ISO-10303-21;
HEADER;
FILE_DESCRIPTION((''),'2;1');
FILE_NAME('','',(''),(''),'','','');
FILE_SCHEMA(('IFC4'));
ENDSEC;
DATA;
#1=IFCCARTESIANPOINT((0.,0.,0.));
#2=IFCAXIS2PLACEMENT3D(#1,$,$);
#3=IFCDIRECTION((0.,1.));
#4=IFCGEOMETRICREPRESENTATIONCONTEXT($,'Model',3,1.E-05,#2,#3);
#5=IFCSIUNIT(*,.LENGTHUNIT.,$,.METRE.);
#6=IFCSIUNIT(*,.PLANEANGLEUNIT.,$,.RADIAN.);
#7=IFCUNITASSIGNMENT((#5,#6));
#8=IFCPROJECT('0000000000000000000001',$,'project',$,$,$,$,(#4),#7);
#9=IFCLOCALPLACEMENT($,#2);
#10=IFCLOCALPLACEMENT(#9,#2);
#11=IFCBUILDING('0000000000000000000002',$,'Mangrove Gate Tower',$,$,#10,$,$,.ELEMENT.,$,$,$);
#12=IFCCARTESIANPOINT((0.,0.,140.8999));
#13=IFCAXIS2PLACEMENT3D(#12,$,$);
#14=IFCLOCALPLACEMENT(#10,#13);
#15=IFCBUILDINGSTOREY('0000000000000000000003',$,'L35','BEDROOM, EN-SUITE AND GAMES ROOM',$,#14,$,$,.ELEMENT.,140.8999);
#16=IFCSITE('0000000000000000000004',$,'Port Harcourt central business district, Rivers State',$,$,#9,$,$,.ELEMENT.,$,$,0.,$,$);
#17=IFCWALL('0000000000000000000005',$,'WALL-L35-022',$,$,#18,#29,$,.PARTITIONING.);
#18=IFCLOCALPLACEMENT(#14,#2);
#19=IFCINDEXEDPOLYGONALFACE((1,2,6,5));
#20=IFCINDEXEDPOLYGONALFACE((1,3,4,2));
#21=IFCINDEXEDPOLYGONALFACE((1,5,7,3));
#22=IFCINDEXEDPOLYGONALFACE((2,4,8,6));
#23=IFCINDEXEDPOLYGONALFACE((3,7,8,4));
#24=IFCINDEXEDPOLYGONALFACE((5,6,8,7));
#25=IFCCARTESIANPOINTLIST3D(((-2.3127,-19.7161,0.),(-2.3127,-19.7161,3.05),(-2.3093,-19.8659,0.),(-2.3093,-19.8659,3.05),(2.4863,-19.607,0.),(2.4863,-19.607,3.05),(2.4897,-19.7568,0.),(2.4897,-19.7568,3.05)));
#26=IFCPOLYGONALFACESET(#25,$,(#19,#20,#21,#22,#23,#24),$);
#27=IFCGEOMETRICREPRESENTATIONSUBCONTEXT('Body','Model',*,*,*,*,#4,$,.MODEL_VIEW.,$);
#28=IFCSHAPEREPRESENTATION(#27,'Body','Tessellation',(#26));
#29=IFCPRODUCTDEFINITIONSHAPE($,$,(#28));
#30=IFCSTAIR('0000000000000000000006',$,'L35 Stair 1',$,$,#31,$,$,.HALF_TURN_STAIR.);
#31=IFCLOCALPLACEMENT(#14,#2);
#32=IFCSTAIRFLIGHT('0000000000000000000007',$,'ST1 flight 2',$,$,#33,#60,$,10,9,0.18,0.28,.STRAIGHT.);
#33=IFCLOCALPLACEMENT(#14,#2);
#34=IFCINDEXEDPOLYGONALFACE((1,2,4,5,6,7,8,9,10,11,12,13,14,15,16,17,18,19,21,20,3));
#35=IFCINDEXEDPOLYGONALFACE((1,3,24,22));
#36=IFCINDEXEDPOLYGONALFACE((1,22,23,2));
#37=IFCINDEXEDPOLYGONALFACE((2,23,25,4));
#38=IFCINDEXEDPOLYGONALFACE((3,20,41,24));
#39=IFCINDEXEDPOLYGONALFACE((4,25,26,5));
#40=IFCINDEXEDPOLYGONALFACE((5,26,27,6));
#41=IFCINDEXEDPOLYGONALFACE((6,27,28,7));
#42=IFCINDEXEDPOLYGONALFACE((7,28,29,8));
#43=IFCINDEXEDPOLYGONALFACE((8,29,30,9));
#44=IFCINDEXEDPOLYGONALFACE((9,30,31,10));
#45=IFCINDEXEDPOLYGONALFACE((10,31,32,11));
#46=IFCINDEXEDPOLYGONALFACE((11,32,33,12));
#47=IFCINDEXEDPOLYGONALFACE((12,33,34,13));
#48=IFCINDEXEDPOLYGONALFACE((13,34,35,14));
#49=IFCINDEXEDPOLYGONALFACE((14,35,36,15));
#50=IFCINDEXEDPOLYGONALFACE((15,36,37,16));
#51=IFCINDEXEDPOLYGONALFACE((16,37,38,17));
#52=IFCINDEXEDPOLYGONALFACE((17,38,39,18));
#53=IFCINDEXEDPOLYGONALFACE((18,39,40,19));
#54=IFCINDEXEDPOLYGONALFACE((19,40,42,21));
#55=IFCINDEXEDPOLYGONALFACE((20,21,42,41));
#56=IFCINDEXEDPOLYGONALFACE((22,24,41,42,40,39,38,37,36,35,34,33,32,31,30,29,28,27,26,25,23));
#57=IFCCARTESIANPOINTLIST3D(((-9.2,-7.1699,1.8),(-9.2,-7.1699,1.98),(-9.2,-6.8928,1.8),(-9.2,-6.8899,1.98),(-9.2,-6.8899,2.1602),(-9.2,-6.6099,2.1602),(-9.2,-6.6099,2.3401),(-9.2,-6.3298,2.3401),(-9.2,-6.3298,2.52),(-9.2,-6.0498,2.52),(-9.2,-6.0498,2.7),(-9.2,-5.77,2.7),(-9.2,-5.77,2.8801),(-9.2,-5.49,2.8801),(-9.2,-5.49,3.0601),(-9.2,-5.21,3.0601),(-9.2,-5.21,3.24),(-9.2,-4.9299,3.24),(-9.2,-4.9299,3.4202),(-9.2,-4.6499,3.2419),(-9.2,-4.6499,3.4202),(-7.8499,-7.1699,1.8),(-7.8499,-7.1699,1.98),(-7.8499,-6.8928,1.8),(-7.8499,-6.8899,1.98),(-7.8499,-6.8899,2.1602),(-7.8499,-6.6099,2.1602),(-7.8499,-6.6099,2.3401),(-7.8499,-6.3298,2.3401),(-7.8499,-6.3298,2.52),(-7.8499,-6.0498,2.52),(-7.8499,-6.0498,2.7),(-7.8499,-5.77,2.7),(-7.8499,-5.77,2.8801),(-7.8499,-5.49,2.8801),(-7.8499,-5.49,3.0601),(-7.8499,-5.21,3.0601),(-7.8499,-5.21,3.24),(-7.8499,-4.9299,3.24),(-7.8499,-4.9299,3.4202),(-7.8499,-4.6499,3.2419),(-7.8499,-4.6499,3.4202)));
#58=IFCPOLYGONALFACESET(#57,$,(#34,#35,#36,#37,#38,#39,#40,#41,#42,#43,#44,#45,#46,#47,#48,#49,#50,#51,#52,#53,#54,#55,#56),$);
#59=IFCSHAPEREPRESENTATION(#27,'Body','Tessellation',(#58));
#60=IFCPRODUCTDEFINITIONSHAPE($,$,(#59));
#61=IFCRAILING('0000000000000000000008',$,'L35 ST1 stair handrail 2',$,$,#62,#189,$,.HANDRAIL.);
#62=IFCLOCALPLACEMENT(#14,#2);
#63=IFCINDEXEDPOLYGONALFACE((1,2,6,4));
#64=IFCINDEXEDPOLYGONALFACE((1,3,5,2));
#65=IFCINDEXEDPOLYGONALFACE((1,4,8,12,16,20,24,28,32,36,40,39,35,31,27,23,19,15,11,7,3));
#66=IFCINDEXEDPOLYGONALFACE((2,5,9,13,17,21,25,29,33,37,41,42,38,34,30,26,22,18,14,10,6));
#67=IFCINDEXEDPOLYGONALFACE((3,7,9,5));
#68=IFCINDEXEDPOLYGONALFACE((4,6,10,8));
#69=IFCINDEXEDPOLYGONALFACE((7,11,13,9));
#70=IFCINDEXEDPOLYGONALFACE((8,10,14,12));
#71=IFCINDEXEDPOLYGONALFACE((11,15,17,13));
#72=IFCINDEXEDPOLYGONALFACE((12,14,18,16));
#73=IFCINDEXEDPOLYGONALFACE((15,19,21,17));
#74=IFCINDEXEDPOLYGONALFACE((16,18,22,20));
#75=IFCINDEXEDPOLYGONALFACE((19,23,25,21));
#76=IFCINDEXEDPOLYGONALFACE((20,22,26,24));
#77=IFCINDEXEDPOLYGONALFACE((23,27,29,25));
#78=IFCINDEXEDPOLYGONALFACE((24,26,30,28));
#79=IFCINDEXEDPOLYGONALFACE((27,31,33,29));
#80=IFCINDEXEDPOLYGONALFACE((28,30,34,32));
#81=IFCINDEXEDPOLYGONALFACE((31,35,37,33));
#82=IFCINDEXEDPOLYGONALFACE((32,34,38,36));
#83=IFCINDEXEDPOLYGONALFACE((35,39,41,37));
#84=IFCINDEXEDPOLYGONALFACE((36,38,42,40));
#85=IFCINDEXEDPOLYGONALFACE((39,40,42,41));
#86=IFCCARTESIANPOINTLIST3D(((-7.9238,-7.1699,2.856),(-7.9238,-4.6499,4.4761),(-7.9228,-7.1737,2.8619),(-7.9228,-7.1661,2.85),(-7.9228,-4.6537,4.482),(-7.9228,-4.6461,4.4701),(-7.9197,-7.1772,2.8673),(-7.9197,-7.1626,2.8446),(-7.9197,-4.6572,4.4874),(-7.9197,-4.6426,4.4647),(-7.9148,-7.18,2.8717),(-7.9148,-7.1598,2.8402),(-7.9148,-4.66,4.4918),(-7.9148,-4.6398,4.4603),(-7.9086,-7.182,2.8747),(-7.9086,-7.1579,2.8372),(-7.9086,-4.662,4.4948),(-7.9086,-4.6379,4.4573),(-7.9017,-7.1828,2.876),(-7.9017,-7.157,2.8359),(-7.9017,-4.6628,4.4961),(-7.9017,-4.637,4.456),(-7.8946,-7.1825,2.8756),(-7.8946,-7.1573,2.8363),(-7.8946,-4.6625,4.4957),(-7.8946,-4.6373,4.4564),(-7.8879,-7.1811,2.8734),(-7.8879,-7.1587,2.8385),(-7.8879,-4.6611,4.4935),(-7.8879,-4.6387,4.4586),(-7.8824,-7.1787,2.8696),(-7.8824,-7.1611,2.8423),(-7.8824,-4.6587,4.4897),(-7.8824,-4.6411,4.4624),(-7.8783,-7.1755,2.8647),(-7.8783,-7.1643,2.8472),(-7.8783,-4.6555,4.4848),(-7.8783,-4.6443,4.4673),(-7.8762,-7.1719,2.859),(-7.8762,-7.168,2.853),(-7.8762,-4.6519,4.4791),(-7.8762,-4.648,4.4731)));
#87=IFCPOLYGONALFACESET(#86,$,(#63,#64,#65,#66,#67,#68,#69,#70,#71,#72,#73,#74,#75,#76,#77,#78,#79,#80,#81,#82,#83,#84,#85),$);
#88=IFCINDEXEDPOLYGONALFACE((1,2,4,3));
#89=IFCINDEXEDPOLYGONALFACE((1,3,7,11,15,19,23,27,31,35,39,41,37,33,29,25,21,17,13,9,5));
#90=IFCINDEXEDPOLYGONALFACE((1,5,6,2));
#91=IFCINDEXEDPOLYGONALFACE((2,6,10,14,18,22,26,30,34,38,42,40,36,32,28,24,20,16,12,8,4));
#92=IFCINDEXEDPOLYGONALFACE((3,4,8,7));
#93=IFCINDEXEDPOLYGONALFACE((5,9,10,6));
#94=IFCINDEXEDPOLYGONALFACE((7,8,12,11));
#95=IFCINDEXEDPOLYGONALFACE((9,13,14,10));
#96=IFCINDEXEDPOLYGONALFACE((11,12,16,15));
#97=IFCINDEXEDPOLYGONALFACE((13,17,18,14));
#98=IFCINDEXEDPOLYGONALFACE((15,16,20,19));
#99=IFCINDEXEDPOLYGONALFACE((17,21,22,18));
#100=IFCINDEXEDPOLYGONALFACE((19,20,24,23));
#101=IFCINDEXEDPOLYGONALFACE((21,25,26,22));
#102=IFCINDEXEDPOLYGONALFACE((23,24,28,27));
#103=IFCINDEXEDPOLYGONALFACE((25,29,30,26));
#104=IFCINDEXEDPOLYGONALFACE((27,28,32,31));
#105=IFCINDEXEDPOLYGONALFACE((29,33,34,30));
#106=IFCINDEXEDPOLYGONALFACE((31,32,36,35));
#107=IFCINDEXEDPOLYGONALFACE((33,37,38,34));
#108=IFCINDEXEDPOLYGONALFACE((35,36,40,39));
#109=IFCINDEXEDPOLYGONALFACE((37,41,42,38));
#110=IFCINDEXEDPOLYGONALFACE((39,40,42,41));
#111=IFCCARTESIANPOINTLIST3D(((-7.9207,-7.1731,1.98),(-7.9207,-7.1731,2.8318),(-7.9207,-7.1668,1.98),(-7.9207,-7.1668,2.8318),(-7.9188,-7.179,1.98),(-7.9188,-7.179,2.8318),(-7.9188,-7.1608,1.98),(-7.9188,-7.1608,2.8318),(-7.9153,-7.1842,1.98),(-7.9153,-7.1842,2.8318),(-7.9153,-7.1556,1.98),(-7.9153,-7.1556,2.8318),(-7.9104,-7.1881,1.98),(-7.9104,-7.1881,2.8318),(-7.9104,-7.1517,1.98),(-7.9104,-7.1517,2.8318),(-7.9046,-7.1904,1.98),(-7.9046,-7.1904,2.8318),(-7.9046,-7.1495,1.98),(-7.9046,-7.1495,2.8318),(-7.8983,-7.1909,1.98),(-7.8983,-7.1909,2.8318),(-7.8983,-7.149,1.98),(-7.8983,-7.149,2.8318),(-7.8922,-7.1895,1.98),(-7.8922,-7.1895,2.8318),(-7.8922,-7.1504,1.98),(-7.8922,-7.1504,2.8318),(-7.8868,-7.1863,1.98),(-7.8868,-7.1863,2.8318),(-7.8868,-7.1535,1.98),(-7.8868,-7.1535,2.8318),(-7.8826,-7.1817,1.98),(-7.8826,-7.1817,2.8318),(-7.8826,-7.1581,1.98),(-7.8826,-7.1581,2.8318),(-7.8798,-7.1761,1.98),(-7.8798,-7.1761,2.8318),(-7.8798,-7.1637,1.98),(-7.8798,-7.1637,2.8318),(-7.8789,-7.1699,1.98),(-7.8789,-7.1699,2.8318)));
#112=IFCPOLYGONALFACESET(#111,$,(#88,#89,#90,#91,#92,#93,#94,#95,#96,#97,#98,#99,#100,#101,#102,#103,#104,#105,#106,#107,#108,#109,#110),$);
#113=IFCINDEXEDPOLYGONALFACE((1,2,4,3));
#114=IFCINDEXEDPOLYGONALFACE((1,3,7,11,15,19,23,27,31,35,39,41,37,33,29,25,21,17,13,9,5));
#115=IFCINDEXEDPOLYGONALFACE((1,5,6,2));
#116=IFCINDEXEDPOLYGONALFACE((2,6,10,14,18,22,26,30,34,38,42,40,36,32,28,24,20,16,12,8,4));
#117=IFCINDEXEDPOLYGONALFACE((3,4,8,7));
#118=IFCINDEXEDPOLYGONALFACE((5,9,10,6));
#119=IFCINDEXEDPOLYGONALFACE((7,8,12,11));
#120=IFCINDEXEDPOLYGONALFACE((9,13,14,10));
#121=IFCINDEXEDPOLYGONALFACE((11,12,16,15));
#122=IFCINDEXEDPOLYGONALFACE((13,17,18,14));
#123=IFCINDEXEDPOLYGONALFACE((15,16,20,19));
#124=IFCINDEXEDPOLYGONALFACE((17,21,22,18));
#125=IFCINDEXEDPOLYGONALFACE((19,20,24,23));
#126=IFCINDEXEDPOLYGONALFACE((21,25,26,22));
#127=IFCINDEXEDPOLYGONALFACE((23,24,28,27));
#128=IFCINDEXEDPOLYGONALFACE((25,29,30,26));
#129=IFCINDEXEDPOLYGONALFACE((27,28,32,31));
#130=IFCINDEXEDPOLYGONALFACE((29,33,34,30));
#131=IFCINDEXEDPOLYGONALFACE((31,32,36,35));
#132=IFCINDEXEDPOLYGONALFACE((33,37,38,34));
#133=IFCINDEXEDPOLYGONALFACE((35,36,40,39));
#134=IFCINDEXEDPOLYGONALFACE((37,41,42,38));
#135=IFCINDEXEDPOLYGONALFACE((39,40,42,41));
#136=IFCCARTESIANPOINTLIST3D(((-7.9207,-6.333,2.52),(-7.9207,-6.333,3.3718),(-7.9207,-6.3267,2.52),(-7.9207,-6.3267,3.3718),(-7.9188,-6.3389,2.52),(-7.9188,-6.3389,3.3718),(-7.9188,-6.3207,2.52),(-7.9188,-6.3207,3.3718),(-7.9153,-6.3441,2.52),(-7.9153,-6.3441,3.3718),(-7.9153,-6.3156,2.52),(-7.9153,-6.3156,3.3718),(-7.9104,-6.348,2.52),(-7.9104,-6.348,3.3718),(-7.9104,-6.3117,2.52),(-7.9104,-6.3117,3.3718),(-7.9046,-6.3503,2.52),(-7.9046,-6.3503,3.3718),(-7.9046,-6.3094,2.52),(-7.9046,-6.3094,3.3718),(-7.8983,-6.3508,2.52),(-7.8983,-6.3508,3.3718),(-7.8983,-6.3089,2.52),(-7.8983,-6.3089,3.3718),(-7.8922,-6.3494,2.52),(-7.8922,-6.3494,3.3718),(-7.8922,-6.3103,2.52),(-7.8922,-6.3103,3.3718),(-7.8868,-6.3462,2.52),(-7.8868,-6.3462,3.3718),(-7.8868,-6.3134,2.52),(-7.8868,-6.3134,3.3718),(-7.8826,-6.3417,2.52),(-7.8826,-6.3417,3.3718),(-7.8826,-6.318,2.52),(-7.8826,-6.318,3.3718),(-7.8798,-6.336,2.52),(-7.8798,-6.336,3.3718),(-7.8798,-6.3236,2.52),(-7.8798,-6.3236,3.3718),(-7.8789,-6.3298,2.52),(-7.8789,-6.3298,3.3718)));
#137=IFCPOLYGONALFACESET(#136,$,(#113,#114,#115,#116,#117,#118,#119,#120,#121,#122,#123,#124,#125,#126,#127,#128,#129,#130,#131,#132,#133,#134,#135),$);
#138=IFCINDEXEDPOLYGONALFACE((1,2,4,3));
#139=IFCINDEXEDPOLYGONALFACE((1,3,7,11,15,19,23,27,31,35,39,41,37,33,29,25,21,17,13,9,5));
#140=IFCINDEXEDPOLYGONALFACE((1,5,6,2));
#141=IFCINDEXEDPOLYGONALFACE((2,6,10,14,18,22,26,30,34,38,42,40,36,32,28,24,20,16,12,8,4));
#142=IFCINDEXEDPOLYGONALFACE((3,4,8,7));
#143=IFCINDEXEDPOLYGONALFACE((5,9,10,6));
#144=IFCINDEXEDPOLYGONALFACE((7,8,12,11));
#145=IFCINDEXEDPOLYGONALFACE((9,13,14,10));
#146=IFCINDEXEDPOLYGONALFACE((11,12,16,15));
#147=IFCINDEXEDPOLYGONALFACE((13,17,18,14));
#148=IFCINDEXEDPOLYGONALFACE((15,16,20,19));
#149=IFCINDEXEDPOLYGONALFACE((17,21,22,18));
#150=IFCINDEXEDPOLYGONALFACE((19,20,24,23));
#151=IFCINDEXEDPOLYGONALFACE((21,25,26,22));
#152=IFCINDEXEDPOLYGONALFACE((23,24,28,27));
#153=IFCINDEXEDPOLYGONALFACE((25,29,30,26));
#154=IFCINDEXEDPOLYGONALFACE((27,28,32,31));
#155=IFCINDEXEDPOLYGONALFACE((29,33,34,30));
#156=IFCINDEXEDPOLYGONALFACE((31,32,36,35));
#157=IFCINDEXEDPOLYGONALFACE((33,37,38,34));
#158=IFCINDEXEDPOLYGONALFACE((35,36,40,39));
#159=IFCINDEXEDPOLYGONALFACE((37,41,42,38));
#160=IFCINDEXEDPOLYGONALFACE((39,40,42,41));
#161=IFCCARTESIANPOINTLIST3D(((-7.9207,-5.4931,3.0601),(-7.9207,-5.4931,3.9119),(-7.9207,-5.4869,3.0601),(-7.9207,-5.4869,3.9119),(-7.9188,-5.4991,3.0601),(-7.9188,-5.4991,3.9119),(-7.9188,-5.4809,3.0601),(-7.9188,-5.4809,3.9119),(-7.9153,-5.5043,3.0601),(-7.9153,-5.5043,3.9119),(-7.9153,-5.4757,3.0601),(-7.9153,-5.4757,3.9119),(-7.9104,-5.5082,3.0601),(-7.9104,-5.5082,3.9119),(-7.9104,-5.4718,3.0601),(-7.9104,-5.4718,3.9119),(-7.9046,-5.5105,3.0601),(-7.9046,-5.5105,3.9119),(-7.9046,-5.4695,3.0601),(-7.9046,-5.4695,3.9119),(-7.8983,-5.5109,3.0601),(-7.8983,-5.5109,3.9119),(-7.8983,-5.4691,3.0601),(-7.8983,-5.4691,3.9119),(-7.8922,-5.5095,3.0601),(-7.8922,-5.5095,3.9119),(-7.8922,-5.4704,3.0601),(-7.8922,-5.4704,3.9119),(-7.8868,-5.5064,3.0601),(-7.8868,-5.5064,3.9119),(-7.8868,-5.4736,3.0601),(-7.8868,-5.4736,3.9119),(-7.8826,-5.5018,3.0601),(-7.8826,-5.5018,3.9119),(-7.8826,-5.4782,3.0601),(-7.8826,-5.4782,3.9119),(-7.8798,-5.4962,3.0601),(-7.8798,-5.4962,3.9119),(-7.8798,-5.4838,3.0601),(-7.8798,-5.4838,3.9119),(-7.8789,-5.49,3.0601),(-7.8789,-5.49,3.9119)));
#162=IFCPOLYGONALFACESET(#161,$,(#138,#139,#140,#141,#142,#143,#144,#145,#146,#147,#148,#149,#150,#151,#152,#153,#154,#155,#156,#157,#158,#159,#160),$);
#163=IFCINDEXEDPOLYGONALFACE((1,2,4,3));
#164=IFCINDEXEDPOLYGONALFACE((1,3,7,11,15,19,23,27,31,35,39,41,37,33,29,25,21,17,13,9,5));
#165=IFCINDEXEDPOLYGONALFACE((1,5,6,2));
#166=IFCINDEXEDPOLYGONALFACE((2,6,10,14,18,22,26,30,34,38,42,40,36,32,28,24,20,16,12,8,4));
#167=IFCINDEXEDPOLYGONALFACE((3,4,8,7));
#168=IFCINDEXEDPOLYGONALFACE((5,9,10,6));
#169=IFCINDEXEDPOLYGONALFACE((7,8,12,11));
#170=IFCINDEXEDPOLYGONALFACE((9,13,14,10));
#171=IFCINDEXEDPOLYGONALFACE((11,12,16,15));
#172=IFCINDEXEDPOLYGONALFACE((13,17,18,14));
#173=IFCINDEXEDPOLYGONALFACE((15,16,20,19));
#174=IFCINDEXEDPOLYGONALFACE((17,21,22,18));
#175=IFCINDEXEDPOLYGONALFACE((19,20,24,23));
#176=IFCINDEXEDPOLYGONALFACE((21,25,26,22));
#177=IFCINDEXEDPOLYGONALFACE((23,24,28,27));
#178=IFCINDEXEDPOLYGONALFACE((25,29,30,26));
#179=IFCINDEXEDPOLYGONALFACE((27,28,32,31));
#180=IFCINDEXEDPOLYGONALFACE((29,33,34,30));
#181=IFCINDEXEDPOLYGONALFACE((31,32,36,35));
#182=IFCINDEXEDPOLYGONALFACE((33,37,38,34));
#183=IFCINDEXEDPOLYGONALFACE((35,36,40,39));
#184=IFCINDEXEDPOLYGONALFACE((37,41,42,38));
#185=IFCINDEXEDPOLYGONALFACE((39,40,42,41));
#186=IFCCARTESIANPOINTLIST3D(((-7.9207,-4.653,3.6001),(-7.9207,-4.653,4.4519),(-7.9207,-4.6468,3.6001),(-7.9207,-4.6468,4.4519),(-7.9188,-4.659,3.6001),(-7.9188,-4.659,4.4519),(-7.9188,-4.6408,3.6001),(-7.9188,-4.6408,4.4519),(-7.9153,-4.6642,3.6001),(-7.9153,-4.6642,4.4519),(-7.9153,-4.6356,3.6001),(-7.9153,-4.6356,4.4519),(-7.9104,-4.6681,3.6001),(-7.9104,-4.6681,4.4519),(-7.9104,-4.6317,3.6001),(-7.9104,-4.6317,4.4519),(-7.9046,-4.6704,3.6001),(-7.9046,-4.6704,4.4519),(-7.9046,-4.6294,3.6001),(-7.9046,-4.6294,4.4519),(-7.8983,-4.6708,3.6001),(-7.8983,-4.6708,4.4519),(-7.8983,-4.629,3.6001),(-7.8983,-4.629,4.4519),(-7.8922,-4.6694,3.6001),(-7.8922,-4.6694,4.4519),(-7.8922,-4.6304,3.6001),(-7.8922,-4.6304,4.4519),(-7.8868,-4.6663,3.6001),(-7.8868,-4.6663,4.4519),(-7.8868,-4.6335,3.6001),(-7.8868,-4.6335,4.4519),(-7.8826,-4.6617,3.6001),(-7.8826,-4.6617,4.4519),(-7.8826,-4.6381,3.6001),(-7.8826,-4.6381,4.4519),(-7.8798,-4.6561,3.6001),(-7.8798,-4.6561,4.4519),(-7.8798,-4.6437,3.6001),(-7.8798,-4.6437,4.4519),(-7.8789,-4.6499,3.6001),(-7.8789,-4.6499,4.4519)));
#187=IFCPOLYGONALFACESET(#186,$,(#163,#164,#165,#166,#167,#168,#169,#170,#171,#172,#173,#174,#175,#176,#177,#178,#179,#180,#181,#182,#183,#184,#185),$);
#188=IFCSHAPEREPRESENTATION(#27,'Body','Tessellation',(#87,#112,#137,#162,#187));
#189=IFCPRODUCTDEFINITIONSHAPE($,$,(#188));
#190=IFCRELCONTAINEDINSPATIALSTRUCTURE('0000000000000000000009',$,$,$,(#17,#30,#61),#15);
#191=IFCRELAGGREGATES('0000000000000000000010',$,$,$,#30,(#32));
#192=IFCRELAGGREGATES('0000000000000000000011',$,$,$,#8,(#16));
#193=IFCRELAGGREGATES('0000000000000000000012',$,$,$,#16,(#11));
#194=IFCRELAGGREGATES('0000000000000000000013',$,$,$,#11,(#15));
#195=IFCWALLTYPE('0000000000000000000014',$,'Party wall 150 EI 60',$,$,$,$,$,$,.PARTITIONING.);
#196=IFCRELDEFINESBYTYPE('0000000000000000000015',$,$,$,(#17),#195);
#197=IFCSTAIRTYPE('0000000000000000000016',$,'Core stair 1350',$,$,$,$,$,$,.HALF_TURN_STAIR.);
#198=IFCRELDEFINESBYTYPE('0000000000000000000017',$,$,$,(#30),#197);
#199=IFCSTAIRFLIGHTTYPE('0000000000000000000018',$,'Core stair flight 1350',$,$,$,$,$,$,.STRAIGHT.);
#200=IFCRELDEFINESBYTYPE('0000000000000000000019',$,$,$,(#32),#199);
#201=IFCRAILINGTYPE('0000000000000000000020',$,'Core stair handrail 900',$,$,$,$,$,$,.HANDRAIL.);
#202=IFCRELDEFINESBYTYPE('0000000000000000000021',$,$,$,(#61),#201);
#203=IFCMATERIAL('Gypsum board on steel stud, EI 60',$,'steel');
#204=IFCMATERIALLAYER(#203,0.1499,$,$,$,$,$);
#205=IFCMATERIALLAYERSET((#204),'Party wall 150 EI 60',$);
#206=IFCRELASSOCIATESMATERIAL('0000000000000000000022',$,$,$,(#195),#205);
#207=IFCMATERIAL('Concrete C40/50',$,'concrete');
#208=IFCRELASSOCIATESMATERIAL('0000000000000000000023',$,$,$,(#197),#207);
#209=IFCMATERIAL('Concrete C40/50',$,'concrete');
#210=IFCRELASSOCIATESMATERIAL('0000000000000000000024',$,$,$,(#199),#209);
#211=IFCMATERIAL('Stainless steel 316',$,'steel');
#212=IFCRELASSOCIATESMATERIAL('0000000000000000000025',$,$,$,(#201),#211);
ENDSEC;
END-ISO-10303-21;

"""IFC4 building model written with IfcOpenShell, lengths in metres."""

from ifc_helpers import new_model, si_unit, direction, frame, frame_2d, origin, origin_2d, place, context, subcontext, project, spatial, polyline, rectangle, circle, outline, extrude, material, layer, layer_set, type_object, element, aggregate, save


model = new_model("IFC4")

# Units and contexts
model_context = context("Model", 3, precision=1e-05, world=origin(), true_north=direction((0.0, 1.0)))
body_context = subcontext(model_context, "Body", "Model", "MODEL_VIEW")
ifc_project = project(units=[si_unit("LENGTHUNIT", "METRE"), si_unit("PLANEANGLEUNIT", "RADIAN")], contexts=[model_context])

# Site, building, storey
site_placement = place(None, origin())
site = spatial("IfcSite", under=ifc_project, at=site_placement, Name="Port Harcourt central business district, Rivers State", CompositionType="ELEMENT", RefElevation=0.0)
building_placement = place(site_placement, origin())
building = spatial("IfcBuilding", under=site, at=building_placement, Name="Mangrove Gate Tower", CompositionType="ELEMENT")
storey_placement = place(building_placement, frame((0.0, 0.0, 140.8999)))
storey = spatial("IfcBuildingStorey", under=building, at=storey_placement, Name="L35", Description="BEDROOM, EN-SUITE AND GAMES ROOM", CompositionType="ELEMENT", Elevation=140.8999)

# Shared definitions
ifc_material_1 = material(Name="Gypsum board on steel stud, EI 60", Category="steel")
ifc_layer_1 = layer(ifc_material_1, 0.1499)
ifc_layer_set_1 = layer_set([ifc_layer_1], Name="Party wall 150 EI 60")
wall_type_1 = type_object("IfcWallType", Name="Party wall 150 EI 60", PredefinedType="PARTITIONING", material=ifc_layer_set_1)

# Wall
wall_1_placement = place(storey_placement, frame((-2.311, -19.791, 0.0), z_axis=(0.0, 0.0, 1.0), x_axis=(0.999742, 0.022734, 0.0)))
element("IfcWall", 1, at=wall_1_placement, inside=storey, type_object=wall_type_1, Name="WALL-L35-022", PredefinedType="PARTITIONING", context=body_context, shape_type="SweptSolid", body=[
    extrude(rectangle(XDim=4.8003, YDim=0.1499, at=frame_2d((2.4001, 0.0))), origin(), (0.0, 0.0, 1.0), 3.05),
])

# Stair, stair flight
ifc_material_2 = material(Name="Concrete C40/50", Category="concrete")
stair_type = type_object("IfcStairType", Name="Core stair 1350", PredefinedType="HALF_TURN_STAIR", material=ifc_material_2)
stair_placement = place(storey_placement, origin())
stair = element("IfcStair", 2, at=stair_placement, inside=storey, type_object=stair_type, Name="L35 Stair 1", PredefinedType="HALF_TURN_STAIR")
ifc_material_3 = material(Name="Concrete C40/50", Category="concrete")
stair_flight_type = type_object("IfcStairFlightType", Name="Core stair flight 1350", PredefinedType="STRAIGHT", material=ifc_material_3)
stair_flight_placement = place(storey_placement, frame((-8.5249, -7.1699, 1.8), z_axis=(0.0, 0.0, 1.0), x_axis=(0.0, 1.0, 0.0)))
stair_flight = element("IfcStairFlight", 3, at=stair_flight_placement, type_object=stair_flight_type, Name="ST1 flight 2", NumberOfRisers=10, NumberOfTreads=9, PredefinedType="STRAIGHT", RiserHeight=0.18, TreadLength=0.28, context=body_context, shape_type="SweptSolid", body=[
    extrude(outline(polyline([(0.0, 0.0), (0.0, 0.1799), (0.28, 0.1799), (0.28, 0.3601), (0.5601, 0.3601), (0.5601, 0.54), (0.8401, 0.54), (0.8401, 0.72), (1.1201, 0.72), (1.1201, 0.8999), (1.3999, 0.8999), (1.3999, 1.0801), (1.6799, 1.0801), (1.6799, 1.26), (1.96, 1.26), (1.96, 1.4399), (2.24, 1.4399), (2.24, 1.6201), (2.52, 1.6201), (2.52, 1.8), (2.52, 1.4419), (0.2771, 0.0), (0.0, 0.0)])), frame((0.0, 0.675, 0.0), z_axis=(0.0, -1.0, 0.0), x_axis=(1.0, 0.0, 0.0)), (0.0, 0.0, 1.0), 1.3501),
])
aggregate(stair, [stair_flight])

# Railing
ifc_material_4 = material(Name="Stainless steel 316", Category="steel")
railing_type = type_object("IfcRailingType", Name="Core stair handrail 900", PredefinedType="HANDRAIL", material=ifc_material_4)
railing_placement = place(storey_placement, frame((-7.8999, -7.1699, 1.98)))
element("IfcRailing", 4, at=railing_placement, inside=storey, type_object=railing_type, Name="L35 ST1 stair handrail 2", PredefinedType="HANDRAIL", context=body_context, shape_type="SweptSolid", body=[
    extrude(circle(Radius=0.0239, at=origin_2d()), frame((0.0, 0.0, 0.876), z_axis=(0.0, 0.841163, 0.540782), x_axis=(-1.0, 0.0, 0.0)), (0.0, 0.0, 1.0), 2.9958),
    extrude(circle(Radius=0.021, at=origin_2d()), origin(), (0.0, 0.0, 1.0), 0.8518),
    extrude(circle(Radius=0.021, at=origin_2d()), frame((0.0, 0.8401, 0.54)), (0.0, 0.0, 1.0), 0.8518),
    extrude(circle(Radius=0.021, at=origin_2d()), frame((0.0, 1.6799, 1.0801)), (0.0, 0.0, 1.0), 0.8518),
    extrude(circle(Radius=0.021, at=origin_2d()), frame((0.0, 2.52, 1.6201)), (0.0, 0.0, 1.0), 0.8518),
])

save(model, "model.ifc")
